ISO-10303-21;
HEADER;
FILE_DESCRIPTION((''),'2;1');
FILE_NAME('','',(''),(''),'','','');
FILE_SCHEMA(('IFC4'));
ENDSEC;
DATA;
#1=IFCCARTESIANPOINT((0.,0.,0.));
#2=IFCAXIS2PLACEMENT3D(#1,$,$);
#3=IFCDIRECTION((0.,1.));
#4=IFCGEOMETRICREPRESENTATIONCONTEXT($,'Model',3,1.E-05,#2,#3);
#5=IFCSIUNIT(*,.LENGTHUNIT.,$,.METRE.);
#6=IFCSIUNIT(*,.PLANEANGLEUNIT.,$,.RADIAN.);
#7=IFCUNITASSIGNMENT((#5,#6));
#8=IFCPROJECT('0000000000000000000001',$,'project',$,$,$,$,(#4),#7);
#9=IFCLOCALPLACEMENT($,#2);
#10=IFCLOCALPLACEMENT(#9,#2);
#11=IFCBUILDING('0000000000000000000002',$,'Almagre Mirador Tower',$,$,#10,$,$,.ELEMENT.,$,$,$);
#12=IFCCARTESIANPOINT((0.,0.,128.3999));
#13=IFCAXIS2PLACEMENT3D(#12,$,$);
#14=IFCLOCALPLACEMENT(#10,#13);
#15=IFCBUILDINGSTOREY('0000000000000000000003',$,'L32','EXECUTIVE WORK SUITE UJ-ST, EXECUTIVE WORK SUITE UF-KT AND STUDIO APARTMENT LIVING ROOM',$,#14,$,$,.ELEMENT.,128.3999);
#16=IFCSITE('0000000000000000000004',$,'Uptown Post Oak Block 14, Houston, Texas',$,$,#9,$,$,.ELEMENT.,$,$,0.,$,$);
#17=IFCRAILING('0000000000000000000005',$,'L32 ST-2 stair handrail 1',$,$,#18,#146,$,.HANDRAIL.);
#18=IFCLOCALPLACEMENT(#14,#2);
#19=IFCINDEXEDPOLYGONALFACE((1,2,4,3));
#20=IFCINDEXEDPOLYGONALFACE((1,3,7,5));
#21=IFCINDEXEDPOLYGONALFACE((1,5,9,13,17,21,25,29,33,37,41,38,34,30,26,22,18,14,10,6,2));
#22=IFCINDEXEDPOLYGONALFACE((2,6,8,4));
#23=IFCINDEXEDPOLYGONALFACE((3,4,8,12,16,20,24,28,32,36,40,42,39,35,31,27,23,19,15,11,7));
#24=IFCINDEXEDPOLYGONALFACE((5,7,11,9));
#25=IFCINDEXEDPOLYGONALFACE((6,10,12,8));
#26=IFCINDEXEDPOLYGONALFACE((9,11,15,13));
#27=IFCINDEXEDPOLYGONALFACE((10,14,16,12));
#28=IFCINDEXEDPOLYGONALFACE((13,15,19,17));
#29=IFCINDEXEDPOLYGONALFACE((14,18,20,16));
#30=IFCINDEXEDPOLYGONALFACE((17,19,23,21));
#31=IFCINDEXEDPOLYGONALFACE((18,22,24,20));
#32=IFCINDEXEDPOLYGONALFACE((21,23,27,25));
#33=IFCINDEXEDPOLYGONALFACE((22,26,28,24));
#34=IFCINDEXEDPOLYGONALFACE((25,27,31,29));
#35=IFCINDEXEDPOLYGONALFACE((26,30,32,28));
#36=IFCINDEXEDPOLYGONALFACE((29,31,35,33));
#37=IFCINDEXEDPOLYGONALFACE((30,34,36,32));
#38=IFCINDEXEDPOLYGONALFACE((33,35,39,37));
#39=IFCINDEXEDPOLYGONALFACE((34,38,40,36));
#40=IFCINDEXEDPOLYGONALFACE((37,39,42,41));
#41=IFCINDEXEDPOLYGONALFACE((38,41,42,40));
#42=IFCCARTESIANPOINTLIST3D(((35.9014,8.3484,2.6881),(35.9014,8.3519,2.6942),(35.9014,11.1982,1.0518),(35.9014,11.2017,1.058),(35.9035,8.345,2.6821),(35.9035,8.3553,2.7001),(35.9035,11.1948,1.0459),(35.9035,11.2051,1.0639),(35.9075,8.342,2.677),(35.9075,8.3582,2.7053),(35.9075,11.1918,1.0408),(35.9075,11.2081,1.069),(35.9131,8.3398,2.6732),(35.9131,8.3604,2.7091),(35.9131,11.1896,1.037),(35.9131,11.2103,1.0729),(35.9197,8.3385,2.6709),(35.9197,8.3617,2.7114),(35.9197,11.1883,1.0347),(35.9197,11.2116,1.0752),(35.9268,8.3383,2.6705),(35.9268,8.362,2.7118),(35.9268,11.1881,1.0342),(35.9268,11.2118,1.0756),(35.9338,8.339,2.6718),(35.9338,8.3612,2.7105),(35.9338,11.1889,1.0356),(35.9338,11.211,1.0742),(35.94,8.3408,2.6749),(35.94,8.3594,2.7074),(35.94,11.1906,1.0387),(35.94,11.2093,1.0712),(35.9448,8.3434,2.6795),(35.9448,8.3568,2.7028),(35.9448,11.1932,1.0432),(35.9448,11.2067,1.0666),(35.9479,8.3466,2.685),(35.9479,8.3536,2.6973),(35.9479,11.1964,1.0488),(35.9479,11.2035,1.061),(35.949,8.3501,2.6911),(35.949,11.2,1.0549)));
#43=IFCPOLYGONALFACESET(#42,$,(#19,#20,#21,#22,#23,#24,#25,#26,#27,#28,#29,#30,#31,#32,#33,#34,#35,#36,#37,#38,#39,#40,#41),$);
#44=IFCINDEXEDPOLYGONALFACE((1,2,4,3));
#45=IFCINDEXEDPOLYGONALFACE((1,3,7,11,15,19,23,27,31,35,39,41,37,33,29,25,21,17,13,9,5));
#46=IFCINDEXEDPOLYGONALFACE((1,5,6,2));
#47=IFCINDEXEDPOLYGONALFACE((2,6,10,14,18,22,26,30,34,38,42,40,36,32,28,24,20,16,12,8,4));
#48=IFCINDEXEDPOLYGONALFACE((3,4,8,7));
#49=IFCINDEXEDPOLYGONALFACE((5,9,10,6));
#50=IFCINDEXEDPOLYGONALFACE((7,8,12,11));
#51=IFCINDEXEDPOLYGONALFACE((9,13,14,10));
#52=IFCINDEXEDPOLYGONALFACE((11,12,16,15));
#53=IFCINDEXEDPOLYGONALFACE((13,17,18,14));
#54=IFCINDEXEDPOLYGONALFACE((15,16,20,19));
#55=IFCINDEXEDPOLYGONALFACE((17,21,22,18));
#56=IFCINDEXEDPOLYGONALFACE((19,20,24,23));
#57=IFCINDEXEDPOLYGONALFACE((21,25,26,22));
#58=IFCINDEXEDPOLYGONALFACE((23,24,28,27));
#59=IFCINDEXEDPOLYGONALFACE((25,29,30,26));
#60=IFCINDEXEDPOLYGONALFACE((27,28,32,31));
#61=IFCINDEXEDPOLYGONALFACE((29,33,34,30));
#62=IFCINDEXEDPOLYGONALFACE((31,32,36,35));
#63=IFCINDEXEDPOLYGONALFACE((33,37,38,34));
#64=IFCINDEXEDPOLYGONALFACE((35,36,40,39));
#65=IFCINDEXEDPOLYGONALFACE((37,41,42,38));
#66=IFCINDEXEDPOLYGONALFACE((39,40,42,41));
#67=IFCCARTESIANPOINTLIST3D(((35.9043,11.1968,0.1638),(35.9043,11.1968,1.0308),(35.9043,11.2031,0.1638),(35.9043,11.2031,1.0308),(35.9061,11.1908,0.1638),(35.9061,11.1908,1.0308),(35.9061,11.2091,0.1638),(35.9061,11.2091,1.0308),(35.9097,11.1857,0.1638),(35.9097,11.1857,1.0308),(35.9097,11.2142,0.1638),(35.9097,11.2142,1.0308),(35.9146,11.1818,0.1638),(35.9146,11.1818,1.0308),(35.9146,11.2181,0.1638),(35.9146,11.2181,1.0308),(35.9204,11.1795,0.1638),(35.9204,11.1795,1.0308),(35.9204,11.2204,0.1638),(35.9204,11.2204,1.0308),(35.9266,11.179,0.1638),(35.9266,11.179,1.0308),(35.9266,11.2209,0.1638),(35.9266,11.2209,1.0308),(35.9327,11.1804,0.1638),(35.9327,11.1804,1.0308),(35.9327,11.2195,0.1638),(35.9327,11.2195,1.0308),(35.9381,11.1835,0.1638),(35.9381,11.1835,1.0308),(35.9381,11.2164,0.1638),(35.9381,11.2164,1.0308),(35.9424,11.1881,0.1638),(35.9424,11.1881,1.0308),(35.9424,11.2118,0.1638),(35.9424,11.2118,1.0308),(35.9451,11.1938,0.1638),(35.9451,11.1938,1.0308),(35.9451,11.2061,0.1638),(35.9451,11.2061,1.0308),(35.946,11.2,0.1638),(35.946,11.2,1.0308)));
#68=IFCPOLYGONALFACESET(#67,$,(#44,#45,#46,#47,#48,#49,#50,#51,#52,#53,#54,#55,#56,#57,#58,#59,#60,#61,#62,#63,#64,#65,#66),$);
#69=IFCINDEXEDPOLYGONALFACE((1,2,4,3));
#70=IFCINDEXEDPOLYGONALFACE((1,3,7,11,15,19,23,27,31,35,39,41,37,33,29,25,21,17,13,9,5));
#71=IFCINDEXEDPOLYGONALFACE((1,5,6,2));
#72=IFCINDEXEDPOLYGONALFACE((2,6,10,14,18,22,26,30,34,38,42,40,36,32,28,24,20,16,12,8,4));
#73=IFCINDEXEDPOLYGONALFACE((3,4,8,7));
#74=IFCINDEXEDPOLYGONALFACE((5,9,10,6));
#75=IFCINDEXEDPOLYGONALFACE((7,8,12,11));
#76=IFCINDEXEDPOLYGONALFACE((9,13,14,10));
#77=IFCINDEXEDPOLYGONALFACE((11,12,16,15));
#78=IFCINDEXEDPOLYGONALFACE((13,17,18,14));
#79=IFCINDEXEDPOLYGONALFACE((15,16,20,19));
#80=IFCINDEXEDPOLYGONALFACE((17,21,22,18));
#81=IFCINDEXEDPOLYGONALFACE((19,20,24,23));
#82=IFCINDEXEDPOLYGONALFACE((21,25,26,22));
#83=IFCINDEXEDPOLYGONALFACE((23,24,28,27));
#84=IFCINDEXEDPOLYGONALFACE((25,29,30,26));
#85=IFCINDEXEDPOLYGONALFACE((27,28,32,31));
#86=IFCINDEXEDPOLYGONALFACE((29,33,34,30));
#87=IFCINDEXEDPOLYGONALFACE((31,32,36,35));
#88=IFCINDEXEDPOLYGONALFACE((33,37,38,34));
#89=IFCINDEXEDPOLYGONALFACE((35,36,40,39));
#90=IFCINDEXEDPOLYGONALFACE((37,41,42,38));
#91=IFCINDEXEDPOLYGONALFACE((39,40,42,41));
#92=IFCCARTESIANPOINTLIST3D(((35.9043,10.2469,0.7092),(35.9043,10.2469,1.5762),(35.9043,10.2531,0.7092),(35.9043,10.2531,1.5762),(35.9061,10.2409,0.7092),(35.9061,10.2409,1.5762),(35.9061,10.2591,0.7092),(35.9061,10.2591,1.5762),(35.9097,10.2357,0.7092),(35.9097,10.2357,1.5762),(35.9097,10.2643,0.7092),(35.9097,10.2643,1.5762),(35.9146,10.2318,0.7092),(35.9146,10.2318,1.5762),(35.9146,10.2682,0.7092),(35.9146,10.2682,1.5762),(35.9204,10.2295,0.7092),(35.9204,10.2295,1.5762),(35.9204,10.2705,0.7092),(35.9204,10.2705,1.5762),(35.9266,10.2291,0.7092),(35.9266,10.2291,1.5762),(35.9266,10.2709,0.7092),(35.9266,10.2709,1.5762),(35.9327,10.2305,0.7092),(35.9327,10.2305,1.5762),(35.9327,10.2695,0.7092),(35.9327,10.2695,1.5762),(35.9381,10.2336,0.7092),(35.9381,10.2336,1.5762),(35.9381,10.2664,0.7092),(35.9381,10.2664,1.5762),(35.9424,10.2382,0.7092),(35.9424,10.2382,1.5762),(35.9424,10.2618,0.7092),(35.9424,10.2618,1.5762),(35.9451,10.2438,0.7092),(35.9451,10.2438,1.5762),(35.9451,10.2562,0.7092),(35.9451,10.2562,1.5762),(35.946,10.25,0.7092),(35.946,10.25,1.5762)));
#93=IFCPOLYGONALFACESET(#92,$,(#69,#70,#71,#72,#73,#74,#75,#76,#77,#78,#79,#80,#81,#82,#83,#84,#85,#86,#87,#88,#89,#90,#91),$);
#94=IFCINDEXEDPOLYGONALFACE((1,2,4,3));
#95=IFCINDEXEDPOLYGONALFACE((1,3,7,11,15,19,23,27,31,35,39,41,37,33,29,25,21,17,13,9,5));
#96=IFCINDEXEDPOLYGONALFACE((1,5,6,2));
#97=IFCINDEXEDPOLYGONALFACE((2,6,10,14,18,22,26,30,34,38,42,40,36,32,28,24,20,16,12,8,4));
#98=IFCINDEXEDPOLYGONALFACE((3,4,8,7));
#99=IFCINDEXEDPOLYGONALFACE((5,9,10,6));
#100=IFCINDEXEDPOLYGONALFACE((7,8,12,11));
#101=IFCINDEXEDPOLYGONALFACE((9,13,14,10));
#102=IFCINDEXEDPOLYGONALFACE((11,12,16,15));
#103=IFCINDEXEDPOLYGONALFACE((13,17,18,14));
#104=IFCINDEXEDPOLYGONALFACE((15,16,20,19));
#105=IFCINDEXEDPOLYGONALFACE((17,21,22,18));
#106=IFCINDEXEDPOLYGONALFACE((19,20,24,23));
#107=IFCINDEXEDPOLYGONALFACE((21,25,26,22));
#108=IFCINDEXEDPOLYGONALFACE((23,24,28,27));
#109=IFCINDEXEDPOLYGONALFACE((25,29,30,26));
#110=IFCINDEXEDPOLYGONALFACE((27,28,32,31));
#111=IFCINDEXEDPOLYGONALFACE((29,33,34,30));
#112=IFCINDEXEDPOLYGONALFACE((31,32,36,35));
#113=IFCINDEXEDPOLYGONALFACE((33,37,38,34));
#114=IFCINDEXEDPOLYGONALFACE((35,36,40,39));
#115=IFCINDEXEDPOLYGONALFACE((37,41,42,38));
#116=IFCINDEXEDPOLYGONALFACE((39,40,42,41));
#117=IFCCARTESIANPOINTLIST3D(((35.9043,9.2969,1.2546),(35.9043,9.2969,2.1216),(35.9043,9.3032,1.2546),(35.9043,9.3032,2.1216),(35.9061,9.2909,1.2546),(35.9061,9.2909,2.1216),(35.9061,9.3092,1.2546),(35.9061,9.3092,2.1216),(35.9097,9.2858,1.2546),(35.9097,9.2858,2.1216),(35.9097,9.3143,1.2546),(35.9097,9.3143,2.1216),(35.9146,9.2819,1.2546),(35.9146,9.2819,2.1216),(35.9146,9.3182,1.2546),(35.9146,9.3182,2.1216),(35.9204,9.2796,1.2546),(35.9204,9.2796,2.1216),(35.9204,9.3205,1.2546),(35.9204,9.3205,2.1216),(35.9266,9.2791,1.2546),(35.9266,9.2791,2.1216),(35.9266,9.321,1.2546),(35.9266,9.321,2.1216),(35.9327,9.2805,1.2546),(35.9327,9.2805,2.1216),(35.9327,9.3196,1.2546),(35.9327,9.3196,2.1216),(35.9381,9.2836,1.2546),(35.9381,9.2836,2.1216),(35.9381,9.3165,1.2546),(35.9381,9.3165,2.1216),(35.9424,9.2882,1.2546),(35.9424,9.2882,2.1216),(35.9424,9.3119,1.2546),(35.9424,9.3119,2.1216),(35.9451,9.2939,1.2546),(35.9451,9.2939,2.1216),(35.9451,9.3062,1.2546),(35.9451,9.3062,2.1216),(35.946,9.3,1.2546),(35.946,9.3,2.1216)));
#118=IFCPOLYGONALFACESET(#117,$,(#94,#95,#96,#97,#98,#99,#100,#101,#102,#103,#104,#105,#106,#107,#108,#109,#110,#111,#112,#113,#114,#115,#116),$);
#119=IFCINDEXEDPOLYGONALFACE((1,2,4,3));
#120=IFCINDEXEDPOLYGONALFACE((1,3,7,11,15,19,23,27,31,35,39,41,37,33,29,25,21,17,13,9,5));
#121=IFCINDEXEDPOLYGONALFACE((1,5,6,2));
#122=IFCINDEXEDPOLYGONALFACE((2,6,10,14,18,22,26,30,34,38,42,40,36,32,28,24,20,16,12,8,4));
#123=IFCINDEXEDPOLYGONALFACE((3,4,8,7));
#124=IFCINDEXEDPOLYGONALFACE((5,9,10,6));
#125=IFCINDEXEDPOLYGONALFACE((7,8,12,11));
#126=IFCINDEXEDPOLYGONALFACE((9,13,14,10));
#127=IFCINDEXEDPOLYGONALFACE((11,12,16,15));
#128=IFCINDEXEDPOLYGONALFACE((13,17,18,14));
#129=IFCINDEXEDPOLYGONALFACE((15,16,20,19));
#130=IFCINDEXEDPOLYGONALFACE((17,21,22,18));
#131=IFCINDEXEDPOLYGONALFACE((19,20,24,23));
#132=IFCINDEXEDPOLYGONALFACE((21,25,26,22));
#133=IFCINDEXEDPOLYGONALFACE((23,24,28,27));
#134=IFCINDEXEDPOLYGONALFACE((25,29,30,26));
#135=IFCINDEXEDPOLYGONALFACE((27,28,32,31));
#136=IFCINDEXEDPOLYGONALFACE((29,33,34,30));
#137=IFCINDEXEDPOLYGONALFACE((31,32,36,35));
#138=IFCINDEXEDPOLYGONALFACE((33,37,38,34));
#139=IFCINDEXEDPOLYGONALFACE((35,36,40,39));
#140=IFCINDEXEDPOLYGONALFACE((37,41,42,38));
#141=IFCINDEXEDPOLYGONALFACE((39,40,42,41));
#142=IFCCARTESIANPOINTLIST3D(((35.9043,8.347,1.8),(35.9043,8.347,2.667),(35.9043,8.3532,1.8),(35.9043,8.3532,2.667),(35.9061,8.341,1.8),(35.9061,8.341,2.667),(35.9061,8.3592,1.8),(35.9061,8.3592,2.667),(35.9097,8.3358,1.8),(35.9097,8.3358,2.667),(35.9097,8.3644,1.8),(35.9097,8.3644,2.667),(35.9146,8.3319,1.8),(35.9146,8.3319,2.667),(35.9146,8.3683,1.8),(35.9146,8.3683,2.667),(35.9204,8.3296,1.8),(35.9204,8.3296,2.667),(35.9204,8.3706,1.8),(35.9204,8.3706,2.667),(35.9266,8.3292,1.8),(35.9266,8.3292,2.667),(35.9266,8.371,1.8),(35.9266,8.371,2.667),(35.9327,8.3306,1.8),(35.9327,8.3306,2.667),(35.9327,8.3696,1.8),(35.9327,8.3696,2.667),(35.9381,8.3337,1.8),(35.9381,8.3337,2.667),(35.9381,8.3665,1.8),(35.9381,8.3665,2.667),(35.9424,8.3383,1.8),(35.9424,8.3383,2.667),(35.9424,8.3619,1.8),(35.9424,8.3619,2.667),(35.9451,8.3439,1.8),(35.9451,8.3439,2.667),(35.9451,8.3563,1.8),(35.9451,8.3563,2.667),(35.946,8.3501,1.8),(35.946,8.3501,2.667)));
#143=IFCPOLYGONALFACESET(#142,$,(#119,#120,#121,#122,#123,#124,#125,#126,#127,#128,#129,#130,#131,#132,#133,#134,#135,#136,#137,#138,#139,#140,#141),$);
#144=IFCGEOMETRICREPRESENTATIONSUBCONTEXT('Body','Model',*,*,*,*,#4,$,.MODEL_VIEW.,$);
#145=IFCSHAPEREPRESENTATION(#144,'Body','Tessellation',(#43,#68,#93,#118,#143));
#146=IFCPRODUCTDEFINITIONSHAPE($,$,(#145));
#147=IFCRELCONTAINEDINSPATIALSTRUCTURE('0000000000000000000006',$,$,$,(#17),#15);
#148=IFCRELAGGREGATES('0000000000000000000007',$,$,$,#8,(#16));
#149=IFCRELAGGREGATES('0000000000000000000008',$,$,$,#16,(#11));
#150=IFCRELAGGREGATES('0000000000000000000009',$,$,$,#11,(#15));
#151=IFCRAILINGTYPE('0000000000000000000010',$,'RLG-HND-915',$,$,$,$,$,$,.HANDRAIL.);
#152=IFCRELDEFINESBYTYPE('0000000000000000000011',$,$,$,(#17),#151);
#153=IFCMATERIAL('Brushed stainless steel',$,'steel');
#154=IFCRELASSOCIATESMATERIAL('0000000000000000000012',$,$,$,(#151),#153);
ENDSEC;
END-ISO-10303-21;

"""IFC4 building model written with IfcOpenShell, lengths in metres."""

from ifc_helpers import new_model, si_unit, direction, frame, origin, origin_2d, place, context, subcontext, project, spatial, circle, extrude, material, type_object, element, save


model = new_model("IFC4")

# Units and contexts
model_context = context("Model", 3, precision=1e-05, world=origin(), true_north=direction((0.0, 1.0)))
body_context = subcontext(model_context, "Body", "Model", "MODEL_VIEW")
ifc_project = project(units=[si_unit("LENGTHUNIT", "METRE"), si_unit("PLANEANGLEUNIT", "RADIAN")], contexts=[model_context])

# Site, building, storey
site_placement = place(None, origin())
site = spatial("IfcSite", under=ifc_project, at=site_placement, Name="Uptown Post Oak Block 14, Houston, Texas", CompositionType="ELEMENT", RefElevation=0.0)
building_placement = place(site_placement, origin())
building = spatial("IfcBuilding", under=site, at=building_placement, Name="Almagre Mirador Tower", CompositionType="ELEMENT")
storey_placement = place(building_placement, frame((0.0, 0.0, 128.3999)))
storey = spatial("IfcBuildingStorey", under=building, at=storey_placement, Name="L32", Description="EXECUTIVE WORK SUITE UJ-ST, EXECUTIVE WORK SUITE UF-KT AND STUDIO APARTMENT LIVING ROOM", CompositionType="ELEMENT", Elevation=128.3999)

# Railing
ifc_material_1 = material(Name="Brushed stainless steel", Category="steel")
railing_type_1 = type_object("IfcRailingType", Name="RLG-HND-915", PredefinedType="HANDRAIL", material=ifc_material_1)
railing_1_placement = place(storey_placement, frame((35.925, 11.2, 0.1638)))
element("IfcRailing", 1, at=railing_1_placement, inside=storey, type_object=railing_type_1, Name="L32 ST-2 stair handrail 1", PredefinedType="HANDRAIL", context=body_context, shape_type="SweptSolid", body=[
    extrude(circle(Radius=0.0239, at=origin_2d()), frame((0.0, 0.0, 0.8911), z_axis=(0.0, -0.867226, 0.497914), x_axis=(1.0, 0.0, 0.0)), (0.0, 0.0, 1.0), 3.2861),
    extrude(circle(Radius=0.021, at=origin_2d()), origin(), (0.0, 0.0, 1.0), 0.8669),
    extrude(circle(Radius=0.021, at=origin_2d()), frame((0.0, -0.95, 0.5454)), (0.0, 0.0, 1.0), 0.8669),
    extrude(circle(Radius=0.021, at=origin_2d()), frame((0.0, -1.8999, 1.0908)), (0.0, 0.0, 1.0), 0.8669),
    extrude(circle(Radius=0.021, at=origin_2d()), frame((0.0, -2.8499, 1.6362)), (0.0, 0.0, 1.0), 0.8669),
])

save(model, "model.ifc")
